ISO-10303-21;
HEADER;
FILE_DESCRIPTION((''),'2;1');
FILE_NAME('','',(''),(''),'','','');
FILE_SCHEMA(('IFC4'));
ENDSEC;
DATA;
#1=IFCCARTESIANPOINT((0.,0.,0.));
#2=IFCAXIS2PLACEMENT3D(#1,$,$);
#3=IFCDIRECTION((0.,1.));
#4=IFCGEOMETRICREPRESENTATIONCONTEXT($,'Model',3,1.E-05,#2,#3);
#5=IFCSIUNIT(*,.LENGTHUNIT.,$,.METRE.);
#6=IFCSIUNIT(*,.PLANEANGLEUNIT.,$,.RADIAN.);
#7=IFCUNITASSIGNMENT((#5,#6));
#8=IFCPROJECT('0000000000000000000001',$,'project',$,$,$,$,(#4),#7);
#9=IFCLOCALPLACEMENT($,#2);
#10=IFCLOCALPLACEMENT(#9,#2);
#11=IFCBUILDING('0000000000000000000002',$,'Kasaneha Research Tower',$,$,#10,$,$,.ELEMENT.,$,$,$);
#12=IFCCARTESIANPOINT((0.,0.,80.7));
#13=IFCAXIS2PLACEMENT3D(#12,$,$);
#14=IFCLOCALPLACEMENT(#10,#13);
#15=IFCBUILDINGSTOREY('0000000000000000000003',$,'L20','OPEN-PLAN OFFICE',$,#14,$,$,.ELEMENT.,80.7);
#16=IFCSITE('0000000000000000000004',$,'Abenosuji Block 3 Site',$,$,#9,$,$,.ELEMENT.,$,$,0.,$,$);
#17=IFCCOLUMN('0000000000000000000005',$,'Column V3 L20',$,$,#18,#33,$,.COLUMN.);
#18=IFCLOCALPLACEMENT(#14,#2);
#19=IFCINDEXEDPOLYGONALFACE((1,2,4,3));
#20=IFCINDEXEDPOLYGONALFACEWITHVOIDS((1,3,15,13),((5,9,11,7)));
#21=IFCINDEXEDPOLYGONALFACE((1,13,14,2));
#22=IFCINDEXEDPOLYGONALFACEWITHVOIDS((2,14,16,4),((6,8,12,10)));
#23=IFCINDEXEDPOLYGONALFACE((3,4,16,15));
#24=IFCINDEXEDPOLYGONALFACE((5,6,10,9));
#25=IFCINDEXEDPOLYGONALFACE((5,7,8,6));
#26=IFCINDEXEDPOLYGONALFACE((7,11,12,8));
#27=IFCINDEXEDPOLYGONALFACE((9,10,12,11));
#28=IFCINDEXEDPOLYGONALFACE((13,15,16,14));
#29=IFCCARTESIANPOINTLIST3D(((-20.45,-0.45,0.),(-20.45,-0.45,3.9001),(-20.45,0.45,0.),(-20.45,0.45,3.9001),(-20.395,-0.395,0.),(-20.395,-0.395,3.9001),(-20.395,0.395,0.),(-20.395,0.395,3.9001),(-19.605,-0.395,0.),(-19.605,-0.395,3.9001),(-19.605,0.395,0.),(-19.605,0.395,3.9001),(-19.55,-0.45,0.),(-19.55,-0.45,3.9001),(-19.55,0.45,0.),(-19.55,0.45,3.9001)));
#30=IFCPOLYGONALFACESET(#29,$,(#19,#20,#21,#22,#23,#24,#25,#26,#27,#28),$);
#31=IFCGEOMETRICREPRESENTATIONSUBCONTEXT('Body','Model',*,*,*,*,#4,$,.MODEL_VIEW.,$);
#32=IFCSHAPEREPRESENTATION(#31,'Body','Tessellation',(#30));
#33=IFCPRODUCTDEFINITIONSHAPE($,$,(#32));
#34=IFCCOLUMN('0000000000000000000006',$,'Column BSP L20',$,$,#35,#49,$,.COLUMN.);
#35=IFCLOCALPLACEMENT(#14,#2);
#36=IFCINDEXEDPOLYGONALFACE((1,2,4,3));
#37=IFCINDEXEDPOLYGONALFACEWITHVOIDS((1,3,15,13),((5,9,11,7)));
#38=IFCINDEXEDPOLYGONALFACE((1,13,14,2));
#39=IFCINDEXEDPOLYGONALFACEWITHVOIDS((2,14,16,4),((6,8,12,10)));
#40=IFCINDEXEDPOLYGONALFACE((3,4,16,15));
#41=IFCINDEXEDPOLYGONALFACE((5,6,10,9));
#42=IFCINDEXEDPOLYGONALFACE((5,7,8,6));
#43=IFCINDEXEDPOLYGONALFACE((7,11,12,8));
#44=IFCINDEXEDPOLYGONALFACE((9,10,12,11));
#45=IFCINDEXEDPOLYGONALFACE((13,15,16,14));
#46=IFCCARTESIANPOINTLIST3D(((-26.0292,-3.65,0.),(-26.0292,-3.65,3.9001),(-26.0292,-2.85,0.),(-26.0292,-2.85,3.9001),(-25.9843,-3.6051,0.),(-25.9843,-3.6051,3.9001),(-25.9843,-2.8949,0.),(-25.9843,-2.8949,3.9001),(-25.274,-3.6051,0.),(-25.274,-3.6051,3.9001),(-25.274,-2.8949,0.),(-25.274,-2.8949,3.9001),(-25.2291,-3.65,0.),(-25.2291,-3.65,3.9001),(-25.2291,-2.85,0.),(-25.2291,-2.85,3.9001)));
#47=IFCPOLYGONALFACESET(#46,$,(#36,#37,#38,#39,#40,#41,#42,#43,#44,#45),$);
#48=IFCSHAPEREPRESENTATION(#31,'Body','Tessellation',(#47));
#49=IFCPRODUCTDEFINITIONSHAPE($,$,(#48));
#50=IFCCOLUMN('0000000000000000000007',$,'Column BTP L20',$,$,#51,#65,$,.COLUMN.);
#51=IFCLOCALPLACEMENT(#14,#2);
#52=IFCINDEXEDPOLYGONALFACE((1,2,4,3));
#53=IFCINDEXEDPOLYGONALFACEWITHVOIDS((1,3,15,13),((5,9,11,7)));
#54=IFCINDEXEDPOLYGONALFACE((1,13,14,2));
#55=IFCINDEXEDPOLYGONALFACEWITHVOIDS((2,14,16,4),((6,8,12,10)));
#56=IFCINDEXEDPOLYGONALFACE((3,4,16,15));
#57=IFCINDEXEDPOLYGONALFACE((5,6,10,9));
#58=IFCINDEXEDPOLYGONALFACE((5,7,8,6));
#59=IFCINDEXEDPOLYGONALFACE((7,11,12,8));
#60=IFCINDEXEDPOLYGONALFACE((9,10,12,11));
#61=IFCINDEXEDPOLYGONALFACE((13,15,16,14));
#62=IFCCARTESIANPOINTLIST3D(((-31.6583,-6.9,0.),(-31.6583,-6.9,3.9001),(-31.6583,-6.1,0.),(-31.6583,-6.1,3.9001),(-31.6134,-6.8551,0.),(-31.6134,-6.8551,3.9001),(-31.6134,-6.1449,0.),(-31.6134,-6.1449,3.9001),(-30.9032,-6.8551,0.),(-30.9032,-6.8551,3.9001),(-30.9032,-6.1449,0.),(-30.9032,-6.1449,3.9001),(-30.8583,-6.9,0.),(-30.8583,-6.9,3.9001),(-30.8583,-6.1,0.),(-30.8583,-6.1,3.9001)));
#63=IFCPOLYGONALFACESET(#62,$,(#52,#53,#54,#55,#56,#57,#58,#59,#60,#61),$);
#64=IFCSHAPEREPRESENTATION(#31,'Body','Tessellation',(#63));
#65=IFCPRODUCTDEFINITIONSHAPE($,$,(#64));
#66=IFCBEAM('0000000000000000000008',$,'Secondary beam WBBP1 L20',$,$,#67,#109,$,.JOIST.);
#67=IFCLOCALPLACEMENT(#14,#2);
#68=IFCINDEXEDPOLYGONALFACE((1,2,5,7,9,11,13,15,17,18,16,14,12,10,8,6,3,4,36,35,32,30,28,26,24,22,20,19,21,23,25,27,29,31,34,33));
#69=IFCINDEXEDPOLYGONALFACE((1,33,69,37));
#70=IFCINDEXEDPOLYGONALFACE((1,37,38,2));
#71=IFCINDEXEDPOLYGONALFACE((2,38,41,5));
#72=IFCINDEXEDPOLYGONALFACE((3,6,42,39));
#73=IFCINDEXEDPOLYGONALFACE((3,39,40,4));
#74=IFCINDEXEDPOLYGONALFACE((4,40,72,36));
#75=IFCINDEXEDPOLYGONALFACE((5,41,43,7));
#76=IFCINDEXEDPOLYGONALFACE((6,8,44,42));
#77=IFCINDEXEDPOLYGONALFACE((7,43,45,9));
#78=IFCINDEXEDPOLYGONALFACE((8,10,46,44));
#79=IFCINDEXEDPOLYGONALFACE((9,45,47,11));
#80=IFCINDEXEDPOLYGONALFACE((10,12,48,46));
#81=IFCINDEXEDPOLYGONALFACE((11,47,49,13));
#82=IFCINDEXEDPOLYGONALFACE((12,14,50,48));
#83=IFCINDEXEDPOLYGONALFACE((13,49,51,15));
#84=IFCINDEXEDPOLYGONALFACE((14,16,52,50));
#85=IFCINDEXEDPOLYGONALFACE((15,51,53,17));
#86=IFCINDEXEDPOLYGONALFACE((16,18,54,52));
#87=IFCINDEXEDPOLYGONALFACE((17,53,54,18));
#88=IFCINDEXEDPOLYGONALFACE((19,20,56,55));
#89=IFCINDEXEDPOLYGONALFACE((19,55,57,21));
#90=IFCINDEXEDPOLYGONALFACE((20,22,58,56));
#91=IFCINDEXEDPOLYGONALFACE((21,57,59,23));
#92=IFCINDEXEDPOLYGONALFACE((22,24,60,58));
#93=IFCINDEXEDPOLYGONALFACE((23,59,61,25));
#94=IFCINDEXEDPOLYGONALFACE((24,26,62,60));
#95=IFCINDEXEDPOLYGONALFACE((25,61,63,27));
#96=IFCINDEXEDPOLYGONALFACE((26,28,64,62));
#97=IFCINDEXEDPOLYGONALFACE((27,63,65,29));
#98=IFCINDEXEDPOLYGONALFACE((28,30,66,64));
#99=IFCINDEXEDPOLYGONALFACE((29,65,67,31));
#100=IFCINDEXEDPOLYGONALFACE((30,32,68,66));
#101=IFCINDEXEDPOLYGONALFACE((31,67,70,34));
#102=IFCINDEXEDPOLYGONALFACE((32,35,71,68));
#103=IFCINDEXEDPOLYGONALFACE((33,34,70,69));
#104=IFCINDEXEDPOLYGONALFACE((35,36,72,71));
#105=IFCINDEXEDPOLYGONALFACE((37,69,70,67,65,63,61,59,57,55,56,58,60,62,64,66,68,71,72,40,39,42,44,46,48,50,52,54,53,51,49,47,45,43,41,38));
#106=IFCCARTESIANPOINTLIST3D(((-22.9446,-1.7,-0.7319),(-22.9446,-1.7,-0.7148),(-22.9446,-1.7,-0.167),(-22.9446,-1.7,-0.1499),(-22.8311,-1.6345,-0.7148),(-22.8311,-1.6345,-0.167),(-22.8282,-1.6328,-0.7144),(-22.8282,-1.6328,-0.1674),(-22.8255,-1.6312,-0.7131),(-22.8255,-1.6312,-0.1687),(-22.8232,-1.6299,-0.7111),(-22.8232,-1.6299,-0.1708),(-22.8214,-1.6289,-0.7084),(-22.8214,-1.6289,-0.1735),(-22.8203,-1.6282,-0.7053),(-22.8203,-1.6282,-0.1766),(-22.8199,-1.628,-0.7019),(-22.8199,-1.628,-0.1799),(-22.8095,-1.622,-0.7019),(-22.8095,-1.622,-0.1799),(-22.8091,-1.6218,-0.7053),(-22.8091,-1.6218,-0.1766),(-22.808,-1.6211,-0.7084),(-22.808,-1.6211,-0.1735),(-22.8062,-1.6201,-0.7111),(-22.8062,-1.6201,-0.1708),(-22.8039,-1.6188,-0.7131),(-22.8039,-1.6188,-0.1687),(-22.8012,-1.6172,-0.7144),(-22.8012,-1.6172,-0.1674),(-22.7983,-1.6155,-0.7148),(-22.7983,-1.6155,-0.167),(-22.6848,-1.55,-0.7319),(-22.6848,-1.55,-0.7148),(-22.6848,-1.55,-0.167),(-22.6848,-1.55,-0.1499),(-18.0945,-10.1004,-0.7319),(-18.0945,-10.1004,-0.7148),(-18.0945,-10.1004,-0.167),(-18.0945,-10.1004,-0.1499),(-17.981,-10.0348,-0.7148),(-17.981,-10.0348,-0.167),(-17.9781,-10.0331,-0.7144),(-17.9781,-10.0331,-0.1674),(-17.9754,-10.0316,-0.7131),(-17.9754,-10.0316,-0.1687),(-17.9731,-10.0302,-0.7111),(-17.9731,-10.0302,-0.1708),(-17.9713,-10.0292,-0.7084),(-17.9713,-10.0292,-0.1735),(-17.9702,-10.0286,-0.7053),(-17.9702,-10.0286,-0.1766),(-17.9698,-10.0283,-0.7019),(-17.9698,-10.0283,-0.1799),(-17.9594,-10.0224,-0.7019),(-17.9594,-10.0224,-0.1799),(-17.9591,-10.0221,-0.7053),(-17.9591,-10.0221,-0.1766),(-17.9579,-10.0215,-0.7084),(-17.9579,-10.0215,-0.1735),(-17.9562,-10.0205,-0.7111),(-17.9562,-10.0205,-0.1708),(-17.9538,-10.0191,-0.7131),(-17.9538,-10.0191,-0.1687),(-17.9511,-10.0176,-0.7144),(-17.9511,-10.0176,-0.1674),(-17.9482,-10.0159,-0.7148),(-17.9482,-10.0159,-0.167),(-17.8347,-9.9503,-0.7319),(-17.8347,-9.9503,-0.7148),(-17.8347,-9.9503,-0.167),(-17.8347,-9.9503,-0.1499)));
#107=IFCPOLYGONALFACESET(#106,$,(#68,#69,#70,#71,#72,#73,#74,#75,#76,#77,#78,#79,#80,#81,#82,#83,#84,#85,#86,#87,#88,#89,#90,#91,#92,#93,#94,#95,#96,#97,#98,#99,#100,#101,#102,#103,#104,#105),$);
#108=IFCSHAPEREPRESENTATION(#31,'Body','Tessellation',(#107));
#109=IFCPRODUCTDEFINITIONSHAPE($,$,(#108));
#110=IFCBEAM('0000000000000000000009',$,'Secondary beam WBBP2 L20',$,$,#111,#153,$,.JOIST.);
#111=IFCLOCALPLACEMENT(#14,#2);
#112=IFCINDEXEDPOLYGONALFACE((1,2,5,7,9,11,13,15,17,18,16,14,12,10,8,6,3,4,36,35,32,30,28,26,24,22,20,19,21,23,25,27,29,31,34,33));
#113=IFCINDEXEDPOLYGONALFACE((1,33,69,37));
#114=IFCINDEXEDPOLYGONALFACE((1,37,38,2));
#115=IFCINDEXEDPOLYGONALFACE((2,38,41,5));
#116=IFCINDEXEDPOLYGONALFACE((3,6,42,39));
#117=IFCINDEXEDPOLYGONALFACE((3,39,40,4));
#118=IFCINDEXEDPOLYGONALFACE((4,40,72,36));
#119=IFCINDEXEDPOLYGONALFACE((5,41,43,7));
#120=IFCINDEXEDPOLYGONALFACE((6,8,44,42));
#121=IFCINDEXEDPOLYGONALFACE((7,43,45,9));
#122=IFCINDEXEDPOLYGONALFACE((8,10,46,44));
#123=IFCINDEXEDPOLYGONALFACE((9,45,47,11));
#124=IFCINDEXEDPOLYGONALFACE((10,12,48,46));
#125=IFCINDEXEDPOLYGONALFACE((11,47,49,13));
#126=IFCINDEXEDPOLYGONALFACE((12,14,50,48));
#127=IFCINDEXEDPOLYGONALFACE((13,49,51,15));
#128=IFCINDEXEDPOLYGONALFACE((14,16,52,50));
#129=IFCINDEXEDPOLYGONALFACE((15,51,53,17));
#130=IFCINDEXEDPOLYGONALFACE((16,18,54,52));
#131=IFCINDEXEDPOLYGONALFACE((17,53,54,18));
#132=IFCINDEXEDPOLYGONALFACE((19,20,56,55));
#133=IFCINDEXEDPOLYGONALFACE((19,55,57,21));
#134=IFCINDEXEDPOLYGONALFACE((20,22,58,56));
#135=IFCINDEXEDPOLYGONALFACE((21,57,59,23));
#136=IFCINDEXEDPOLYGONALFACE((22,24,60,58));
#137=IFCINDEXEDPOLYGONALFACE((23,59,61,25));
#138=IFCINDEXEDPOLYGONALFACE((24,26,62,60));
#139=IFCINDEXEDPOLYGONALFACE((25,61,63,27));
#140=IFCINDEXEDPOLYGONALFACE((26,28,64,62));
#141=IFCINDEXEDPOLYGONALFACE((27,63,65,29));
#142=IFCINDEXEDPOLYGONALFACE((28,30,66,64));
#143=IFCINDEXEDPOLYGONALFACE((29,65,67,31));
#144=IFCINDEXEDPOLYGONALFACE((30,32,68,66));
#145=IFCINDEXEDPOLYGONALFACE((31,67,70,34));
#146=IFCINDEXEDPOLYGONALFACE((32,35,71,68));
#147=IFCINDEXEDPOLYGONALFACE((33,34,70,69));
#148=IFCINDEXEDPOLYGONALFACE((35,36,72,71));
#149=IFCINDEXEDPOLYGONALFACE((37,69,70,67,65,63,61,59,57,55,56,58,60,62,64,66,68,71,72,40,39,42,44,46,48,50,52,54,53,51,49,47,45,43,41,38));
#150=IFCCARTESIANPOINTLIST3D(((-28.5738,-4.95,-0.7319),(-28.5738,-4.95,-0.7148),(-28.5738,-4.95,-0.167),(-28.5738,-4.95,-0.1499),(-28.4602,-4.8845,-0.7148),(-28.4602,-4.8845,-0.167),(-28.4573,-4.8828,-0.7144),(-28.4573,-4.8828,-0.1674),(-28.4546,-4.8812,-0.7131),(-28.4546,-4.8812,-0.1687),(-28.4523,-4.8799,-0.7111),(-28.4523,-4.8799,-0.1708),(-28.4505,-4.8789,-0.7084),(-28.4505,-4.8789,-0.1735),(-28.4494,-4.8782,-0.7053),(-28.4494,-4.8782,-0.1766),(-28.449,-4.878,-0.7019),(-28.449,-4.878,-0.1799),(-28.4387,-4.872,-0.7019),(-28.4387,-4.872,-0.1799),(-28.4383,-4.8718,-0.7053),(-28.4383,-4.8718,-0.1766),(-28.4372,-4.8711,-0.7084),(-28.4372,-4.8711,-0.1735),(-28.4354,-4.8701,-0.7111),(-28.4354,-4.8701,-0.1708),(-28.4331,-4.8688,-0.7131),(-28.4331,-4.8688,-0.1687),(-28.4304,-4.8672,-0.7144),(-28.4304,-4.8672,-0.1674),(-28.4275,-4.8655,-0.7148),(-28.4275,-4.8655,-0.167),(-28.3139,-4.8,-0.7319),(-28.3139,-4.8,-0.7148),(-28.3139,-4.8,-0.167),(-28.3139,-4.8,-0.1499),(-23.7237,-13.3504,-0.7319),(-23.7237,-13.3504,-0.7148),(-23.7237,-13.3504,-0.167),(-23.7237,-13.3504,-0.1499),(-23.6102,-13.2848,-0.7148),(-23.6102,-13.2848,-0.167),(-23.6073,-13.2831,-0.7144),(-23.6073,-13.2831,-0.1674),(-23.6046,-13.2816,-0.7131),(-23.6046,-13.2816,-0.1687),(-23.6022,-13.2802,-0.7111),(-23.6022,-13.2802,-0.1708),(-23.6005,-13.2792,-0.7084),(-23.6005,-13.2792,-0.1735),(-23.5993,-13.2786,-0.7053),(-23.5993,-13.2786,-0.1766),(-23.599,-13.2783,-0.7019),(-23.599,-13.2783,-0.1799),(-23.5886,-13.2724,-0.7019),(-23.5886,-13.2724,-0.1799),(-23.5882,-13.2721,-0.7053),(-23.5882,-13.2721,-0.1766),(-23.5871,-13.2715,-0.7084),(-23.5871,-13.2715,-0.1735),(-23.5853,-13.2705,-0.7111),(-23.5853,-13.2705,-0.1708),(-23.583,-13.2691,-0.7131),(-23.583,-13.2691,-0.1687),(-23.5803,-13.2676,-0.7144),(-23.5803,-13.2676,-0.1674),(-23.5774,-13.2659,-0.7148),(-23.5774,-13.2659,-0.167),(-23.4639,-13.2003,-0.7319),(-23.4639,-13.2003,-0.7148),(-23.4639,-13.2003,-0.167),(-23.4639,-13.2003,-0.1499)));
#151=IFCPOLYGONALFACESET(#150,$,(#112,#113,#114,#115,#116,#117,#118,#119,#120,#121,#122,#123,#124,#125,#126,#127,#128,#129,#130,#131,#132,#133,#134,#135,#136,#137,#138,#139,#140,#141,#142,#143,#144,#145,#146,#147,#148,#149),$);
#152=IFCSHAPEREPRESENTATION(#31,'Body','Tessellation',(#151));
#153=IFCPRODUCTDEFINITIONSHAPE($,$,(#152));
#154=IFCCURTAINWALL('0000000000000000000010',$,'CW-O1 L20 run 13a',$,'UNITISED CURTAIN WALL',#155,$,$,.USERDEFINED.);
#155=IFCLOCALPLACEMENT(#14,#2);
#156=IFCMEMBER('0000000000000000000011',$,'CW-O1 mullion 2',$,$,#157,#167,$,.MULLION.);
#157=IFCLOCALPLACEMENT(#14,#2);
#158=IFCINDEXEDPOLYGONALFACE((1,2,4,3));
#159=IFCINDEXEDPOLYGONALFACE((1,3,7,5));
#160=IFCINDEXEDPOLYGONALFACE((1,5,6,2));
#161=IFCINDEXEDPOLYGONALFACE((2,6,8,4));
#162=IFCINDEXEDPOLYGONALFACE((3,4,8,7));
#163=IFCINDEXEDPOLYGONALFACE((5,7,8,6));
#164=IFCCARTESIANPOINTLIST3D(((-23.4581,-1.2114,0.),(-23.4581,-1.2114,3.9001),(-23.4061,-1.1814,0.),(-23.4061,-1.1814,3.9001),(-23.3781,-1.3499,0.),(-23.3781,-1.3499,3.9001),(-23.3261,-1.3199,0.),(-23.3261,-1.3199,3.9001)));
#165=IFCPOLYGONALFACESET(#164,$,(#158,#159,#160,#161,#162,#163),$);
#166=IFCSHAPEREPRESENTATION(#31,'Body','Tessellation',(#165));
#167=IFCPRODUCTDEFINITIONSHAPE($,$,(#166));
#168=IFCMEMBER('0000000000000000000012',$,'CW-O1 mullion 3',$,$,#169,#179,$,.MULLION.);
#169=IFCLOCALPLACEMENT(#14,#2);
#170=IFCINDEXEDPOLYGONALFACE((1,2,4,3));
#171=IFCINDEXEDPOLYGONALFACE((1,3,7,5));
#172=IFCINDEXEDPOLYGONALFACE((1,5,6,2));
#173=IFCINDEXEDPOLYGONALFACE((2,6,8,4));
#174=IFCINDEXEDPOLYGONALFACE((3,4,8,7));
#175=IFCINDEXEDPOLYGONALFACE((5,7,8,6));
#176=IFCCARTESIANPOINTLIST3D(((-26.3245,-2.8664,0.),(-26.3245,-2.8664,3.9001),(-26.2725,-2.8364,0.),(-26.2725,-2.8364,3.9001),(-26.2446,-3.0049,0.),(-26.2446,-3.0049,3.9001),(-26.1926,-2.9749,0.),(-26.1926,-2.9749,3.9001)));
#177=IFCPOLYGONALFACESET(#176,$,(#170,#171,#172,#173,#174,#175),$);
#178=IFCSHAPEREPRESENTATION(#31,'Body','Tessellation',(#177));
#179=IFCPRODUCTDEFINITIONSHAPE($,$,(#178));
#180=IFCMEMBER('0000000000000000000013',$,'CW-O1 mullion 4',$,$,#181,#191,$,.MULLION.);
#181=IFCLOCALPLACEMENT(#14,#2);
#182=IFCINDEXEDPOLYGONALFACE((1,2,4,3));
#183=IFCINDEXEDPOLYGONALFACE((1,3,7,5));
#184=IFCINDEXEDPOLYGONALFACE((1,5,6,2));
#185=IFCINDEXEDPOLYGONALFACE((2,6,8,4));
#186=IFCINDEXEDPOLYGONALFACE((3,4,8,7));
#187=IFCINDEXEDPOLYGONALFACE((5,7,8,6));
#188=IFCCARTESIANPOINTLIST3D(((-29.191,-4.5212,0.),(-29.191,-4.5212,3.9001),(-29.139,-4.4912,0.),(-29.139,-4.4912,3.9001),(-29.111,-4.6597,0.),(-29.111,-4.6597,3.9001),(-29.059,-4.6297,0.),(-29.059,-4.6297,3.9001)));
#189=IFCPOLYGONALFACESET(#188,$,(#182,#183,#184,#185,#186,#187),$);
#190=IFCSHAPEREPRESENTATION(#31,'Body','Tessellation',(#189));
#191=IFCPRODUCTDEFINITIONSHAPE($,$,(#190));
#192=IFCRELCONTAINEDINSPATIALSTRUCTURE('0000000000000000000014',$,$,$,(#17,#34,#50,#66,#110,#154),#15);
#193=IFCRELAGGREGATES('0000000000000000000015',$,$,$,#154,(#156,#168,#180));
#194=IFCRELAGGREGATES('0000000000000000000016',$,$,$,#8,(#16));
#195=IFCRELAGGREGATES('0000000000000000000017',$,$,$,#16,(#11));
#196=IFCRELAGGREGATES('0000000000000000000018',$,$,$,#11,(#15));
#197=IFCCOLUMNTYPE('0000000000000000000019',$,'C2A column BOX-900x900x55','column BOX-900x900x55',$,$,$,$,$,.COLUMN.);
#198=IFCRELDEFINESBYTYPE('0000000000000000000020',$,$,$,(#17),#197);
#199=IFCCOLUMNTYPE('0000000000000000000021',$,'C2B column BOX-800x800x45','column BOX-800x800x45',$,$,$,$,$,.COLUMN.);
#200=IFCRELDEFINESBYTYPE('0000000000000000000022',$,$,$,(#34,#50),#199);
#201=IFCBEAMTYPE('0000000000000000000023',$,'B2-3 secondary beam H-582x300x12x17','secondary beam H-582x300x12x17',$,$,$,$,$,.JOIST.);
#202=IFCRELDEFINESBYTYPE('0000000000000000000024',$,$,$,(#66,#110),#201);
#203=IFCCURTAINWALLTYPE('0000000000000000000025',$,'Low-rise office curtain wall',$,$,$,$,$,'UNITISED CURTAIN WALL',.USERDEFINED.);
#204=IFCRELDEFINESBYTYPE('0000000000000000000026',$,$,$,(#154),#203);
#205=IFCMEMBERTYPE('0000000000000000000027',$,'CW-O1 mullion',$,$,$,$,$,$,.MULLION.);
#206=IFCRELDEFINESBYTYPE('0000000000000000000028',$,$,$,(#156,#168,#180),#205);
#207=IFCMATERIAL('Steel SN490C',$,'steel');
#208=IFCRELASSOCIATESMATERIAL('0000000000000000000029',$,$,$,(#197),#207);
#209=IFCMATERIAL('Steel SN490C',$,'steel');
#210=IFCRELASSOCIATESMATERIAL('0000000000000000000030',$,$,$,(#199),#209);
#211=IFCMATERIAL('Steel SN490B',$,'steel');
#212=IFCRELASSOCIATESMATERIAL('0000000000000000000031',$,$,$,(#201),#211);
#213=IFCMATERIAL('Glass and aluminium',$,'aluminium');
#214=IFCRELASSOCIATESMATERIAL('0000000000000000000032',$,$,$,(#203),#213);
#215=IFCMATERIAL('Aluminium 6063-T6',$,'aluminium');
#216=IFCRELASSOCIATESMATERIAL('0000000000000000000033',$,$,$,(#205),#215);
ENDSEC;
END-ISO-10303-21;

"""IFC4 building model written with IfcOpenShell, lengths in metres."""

from ifc_helpers import new_model, si_unit, direction, frame, origin, origin_2d, place, context, subcontext, project, spatial, rectangle, hollow_rectangle, i_section, extrude, material, material_profile, profile_set, type_object, element, aggregate, save


model = new_model("IFC4")

# Units and contexts
model_context = context("Model", 3, precision=1e-05, world=origin(), true_north=direction((0.0, 1.0)))
body_context = subcontext(model_context, "Body", "Model", "MODEL_VIEW")
ifc_project = project(units=[si_unit("LENGTHUNIT", "METRE"), si_unit("PLANEANGLEUNIT", "RADIAN")], contexts=[model_context])

# Site, building, storey
site_placement = place(None, origin())
site = spatial("IfcSite", under=ifc_project, at=site_placement, Name="Abenosuji Block 3 Site", CompositionType="ELEMENT", RefElevation=0.0)
building_placement = place(site_placement, origin())
building = spatial("IfcBuilding", under=site, at=building_placement, Name="Kasaneha Research Tower", CompositionType="ELEMENT")
storey_placement = place(building_placement, frame((0.0, 0.0, 80.7)))
storey = spatial("IfcBuildingStorey", under=building, at=storey_placement, Name="L20", Description="OPEN-PLAN OFFICE", CompositionType="ELEMENT", Elevation=80.7)

# Columns
ifc_material_1 = material(Name="Steel SN490C", Category="steel")
ifc_material_profile_1 = material_profile(ifc_material_1, hollow_rectangle(XDim=0.8999, YDim=0.8999, WallThickness=0.0549, at=origin_2d()), Name="BOX-900x900x55")
ifc_profile_set_1 = profile_set([ifc_material_profile_1], Name="Steel SN490C")
column_type_1 = type_object("IfcColumnType", Name="C2A column BOX-900x900x55", Description="column BOX-900x900x55", PredefinedType="COLUMN", material=ifc_profile_set_1)
column_placement = place(storey_placement, frame((-20.0, 0.0, 0.0), z_axis=(0.0, 0.0, 1.0), x_axis=(1.0, 0.0, 0.0)))
element("IfcColumn", 1, at=column_placement, inside=storey, type_object=column_type_1, Name="Column V3 L20", PredefinedType="COLUMN", context=body_context, shape_type="SweptSolid", body=[
    extrude(hollow_rectangle(XDim=0.8999, YDim=0.8999, WallThickness=0.0549, at=origin_2d()), origin(), (0.0, 0.0, 1.0), 3.9001),
])
ifc_material_2 = material(Name="Steel SN490C", Category="steel")
ifc_material_profile_2 = material_profile(ifc_material_2, hollow_rectangle(XDim=0.8, YDim=0.8, WallThickness=0.0449, at=origin_2d()), Name="BOX-800x800x45")
ifc_profile_set_2 = profile_set([ifc_material_profile_2], Name="Steel SN490C")
column_type_2 = type_object("IfcColumnType", Name="C2B column BOX-800x800x45", Description="column BOX-800x800x45", PredefinedType="COLUMN", material=ifc_profile_set_2)
for number, where, z_axis, x_axis, name in (
    (2, (-25.6292, -3.25, 0.0), (0.0, 0.0, 1.0), (1.0, 0.0, 0.0), "Column BSP L20"),
    (3, (-31.2583, -6.5, 0.0), (0.0, 0.0, 1.0), (1.0, 0.0, 0.0), "Column BTP L20"),
):
    element("IfcColumn", number, at=place(storey_placement, frame(where, z_axis=z_axis, x_axis=x_axis)), inside=storey, type_object=column_type_2, Name=name, PredefinedType="COLUMN", context=body_context, shape_type="SweptSolid", body=[
        extrude(hollow_rectangle(XDim=0.8, YDim=0.8, WallThickness=0.0449, at=origin_2d()), origin(), (0.0, 0.0, 1.0), 3.9001),
    ])

# Beams
ifc_material_3 = material(Name="Steel SN490B", Category="steel")
ifc_material_profile_3 = material_profile(ifc_material_3, i_section(OverallWidth=0.3, OverallDepth=0.582, WebThickness=0.012, FlangeThickness=0.0171, FilletRadius=0.0129, at=origin_2d()), Name="H-582x300x12x17")
ifc_profile_set_3 = profile_set([ifc_material_profile_3], Name="Steel SN490B")
beam_type_1 = type_object("IfcBeamType", Name="B2-3 secondary beam H-582x300x12x17", Description="secondary beam H-582x300x12x17", PredefinedType="JOIST", material=ifc_profile_set_3)
for number, where, z_axis, x_axis, name in (
    (4, (-22.8147, -1.625, -0.4409), (0.50001, -0.86602, 0.0), (0.86602, 0.50001, 0.0), "Secondary beam WBBP1 L20"),
    (5, (-28.4438, -4.875, -0.4409), (0.50001, -0.86602, 0.0), (0.86602, 0.50001, 0.0), "Secondary beam WBBP2 L20"),
):
    element("IfcBeam", number, at=place(storey_placement, frame(where, z_axis=z_axis, x_axis=x_axis)), inside=storey, type_object=beam_type_1, Name=name, PredefinedType="JOIST", context=body_context, shape_type="SweptSolid", body=[
        extrude(i_section(OverallWidth=0.3, OverallDepth=0.582, WebThickness=0.012, FlangeThickness=0.0171, FilletRadius=0.0129, at=origin_2d()), origin(), (0.0, 0.0, 1.0), 9.7),
    ])

# Curtain wall, members
ifc_material_4 = material(Name="Glass and aluminium", Category="aluminium")
curtain_wall_type = type_object("IfcCurtainWallType", Name="Low-rise office curtain wall", ElementType="UNITISED CURTAIN WALL", PredefinedType="USERDEFINED", material=ifc_material_4)
curtain_wall_1_placement = place(storey_placement, origin())
curtain_wall_1 = element("IfcCurtainWall", 6, at=curtain_wall_1_placement, inside=storey, type_object=curtain_wall_type, Name="CW-O1 L20 run 13a", ObjectType="UNITISED CURTAIN WALL", PredefinedType="USERDEFINED")
ifc_material_5 = material(Name="Aluminium 6063-T6", Category="aluminium")
ifc_material_profile_4 = material_profile(ifc_material_5, rectangle(XDim=0.0601, YDim=0.1599, at=origin_2d()), Name="CW-O1 mullion 60x160")
ifc_profile_set_4 = profile_set([ifc_material_profile_4], Name="Aluminium 6063-T6")
member_type_1 = type_object("IfcMemberType", Name="CW-O1 mullion", PredefinedType="MULLION", material=ifc_profile_set_4)
member_1_placement = place(storey_placement, frame((-23.3921, -1.2656, 0.0), z_axis=(0.0, 0.0, 1.0), x_axis=(-0.866025, -0.5, 0.0)))
member_1 = element("IfcMember", 7, at=member_1_placement, type_object=member_type_1, Name="CW-O1 mullion 2", PredefinedType="MULLION", context=body_context, shape_type="SweptSolid", body=[
    extrude(rectangle(XDim=0.0601, YDim=0.1599, at=origin_2d()), origin(), (0.0, 0.0, 1.0), 3.9001),
])
member_2_placement = place(storey_placement, frame((-26.2585, -2.9207, 0.0), z_axis=(0.0, 0.0, 1.0), x_axis=(-0.866025, -0.5, 0.0)))
member_2 = element("IfcMember", 8, at=member_2_placement, type_object=member_type_1, Name="CW-O1 mullion 3", PredefinedType="MULLION", context=body_context, shape_type="SweptSolid", body=[
    extrude(rectangle(XDim=0.0601, YDim=0.1599, at=origin_2d()), origin(), (0.0, 0.0, 1.0), 3.9001),
])
member_3_placement = place(storey_placement, frame((-29.125, -4.5754, 0.0), z_axis=(0.0, 0.0, 1.0), x_axis=(-0.866025, -0.5, 0.0)))
member_3 = element("IfcMember", 9, at=member_3_placement, type_object=member_type_1, Name="CW-O1 mullion 4", PredefinedType="MULLION", context=body_context, shape_type="SweptSolid", body=[
    extrude(rectangle(XDim=0.0601, YDim=0.1599, at=origin_2d()), origin(), (0.0, 0.0, 1.0), 3.9001),
])

aggregate(curtain_wall_1, [member_1, member_2, member_3])

save(model, "model.ifc")
